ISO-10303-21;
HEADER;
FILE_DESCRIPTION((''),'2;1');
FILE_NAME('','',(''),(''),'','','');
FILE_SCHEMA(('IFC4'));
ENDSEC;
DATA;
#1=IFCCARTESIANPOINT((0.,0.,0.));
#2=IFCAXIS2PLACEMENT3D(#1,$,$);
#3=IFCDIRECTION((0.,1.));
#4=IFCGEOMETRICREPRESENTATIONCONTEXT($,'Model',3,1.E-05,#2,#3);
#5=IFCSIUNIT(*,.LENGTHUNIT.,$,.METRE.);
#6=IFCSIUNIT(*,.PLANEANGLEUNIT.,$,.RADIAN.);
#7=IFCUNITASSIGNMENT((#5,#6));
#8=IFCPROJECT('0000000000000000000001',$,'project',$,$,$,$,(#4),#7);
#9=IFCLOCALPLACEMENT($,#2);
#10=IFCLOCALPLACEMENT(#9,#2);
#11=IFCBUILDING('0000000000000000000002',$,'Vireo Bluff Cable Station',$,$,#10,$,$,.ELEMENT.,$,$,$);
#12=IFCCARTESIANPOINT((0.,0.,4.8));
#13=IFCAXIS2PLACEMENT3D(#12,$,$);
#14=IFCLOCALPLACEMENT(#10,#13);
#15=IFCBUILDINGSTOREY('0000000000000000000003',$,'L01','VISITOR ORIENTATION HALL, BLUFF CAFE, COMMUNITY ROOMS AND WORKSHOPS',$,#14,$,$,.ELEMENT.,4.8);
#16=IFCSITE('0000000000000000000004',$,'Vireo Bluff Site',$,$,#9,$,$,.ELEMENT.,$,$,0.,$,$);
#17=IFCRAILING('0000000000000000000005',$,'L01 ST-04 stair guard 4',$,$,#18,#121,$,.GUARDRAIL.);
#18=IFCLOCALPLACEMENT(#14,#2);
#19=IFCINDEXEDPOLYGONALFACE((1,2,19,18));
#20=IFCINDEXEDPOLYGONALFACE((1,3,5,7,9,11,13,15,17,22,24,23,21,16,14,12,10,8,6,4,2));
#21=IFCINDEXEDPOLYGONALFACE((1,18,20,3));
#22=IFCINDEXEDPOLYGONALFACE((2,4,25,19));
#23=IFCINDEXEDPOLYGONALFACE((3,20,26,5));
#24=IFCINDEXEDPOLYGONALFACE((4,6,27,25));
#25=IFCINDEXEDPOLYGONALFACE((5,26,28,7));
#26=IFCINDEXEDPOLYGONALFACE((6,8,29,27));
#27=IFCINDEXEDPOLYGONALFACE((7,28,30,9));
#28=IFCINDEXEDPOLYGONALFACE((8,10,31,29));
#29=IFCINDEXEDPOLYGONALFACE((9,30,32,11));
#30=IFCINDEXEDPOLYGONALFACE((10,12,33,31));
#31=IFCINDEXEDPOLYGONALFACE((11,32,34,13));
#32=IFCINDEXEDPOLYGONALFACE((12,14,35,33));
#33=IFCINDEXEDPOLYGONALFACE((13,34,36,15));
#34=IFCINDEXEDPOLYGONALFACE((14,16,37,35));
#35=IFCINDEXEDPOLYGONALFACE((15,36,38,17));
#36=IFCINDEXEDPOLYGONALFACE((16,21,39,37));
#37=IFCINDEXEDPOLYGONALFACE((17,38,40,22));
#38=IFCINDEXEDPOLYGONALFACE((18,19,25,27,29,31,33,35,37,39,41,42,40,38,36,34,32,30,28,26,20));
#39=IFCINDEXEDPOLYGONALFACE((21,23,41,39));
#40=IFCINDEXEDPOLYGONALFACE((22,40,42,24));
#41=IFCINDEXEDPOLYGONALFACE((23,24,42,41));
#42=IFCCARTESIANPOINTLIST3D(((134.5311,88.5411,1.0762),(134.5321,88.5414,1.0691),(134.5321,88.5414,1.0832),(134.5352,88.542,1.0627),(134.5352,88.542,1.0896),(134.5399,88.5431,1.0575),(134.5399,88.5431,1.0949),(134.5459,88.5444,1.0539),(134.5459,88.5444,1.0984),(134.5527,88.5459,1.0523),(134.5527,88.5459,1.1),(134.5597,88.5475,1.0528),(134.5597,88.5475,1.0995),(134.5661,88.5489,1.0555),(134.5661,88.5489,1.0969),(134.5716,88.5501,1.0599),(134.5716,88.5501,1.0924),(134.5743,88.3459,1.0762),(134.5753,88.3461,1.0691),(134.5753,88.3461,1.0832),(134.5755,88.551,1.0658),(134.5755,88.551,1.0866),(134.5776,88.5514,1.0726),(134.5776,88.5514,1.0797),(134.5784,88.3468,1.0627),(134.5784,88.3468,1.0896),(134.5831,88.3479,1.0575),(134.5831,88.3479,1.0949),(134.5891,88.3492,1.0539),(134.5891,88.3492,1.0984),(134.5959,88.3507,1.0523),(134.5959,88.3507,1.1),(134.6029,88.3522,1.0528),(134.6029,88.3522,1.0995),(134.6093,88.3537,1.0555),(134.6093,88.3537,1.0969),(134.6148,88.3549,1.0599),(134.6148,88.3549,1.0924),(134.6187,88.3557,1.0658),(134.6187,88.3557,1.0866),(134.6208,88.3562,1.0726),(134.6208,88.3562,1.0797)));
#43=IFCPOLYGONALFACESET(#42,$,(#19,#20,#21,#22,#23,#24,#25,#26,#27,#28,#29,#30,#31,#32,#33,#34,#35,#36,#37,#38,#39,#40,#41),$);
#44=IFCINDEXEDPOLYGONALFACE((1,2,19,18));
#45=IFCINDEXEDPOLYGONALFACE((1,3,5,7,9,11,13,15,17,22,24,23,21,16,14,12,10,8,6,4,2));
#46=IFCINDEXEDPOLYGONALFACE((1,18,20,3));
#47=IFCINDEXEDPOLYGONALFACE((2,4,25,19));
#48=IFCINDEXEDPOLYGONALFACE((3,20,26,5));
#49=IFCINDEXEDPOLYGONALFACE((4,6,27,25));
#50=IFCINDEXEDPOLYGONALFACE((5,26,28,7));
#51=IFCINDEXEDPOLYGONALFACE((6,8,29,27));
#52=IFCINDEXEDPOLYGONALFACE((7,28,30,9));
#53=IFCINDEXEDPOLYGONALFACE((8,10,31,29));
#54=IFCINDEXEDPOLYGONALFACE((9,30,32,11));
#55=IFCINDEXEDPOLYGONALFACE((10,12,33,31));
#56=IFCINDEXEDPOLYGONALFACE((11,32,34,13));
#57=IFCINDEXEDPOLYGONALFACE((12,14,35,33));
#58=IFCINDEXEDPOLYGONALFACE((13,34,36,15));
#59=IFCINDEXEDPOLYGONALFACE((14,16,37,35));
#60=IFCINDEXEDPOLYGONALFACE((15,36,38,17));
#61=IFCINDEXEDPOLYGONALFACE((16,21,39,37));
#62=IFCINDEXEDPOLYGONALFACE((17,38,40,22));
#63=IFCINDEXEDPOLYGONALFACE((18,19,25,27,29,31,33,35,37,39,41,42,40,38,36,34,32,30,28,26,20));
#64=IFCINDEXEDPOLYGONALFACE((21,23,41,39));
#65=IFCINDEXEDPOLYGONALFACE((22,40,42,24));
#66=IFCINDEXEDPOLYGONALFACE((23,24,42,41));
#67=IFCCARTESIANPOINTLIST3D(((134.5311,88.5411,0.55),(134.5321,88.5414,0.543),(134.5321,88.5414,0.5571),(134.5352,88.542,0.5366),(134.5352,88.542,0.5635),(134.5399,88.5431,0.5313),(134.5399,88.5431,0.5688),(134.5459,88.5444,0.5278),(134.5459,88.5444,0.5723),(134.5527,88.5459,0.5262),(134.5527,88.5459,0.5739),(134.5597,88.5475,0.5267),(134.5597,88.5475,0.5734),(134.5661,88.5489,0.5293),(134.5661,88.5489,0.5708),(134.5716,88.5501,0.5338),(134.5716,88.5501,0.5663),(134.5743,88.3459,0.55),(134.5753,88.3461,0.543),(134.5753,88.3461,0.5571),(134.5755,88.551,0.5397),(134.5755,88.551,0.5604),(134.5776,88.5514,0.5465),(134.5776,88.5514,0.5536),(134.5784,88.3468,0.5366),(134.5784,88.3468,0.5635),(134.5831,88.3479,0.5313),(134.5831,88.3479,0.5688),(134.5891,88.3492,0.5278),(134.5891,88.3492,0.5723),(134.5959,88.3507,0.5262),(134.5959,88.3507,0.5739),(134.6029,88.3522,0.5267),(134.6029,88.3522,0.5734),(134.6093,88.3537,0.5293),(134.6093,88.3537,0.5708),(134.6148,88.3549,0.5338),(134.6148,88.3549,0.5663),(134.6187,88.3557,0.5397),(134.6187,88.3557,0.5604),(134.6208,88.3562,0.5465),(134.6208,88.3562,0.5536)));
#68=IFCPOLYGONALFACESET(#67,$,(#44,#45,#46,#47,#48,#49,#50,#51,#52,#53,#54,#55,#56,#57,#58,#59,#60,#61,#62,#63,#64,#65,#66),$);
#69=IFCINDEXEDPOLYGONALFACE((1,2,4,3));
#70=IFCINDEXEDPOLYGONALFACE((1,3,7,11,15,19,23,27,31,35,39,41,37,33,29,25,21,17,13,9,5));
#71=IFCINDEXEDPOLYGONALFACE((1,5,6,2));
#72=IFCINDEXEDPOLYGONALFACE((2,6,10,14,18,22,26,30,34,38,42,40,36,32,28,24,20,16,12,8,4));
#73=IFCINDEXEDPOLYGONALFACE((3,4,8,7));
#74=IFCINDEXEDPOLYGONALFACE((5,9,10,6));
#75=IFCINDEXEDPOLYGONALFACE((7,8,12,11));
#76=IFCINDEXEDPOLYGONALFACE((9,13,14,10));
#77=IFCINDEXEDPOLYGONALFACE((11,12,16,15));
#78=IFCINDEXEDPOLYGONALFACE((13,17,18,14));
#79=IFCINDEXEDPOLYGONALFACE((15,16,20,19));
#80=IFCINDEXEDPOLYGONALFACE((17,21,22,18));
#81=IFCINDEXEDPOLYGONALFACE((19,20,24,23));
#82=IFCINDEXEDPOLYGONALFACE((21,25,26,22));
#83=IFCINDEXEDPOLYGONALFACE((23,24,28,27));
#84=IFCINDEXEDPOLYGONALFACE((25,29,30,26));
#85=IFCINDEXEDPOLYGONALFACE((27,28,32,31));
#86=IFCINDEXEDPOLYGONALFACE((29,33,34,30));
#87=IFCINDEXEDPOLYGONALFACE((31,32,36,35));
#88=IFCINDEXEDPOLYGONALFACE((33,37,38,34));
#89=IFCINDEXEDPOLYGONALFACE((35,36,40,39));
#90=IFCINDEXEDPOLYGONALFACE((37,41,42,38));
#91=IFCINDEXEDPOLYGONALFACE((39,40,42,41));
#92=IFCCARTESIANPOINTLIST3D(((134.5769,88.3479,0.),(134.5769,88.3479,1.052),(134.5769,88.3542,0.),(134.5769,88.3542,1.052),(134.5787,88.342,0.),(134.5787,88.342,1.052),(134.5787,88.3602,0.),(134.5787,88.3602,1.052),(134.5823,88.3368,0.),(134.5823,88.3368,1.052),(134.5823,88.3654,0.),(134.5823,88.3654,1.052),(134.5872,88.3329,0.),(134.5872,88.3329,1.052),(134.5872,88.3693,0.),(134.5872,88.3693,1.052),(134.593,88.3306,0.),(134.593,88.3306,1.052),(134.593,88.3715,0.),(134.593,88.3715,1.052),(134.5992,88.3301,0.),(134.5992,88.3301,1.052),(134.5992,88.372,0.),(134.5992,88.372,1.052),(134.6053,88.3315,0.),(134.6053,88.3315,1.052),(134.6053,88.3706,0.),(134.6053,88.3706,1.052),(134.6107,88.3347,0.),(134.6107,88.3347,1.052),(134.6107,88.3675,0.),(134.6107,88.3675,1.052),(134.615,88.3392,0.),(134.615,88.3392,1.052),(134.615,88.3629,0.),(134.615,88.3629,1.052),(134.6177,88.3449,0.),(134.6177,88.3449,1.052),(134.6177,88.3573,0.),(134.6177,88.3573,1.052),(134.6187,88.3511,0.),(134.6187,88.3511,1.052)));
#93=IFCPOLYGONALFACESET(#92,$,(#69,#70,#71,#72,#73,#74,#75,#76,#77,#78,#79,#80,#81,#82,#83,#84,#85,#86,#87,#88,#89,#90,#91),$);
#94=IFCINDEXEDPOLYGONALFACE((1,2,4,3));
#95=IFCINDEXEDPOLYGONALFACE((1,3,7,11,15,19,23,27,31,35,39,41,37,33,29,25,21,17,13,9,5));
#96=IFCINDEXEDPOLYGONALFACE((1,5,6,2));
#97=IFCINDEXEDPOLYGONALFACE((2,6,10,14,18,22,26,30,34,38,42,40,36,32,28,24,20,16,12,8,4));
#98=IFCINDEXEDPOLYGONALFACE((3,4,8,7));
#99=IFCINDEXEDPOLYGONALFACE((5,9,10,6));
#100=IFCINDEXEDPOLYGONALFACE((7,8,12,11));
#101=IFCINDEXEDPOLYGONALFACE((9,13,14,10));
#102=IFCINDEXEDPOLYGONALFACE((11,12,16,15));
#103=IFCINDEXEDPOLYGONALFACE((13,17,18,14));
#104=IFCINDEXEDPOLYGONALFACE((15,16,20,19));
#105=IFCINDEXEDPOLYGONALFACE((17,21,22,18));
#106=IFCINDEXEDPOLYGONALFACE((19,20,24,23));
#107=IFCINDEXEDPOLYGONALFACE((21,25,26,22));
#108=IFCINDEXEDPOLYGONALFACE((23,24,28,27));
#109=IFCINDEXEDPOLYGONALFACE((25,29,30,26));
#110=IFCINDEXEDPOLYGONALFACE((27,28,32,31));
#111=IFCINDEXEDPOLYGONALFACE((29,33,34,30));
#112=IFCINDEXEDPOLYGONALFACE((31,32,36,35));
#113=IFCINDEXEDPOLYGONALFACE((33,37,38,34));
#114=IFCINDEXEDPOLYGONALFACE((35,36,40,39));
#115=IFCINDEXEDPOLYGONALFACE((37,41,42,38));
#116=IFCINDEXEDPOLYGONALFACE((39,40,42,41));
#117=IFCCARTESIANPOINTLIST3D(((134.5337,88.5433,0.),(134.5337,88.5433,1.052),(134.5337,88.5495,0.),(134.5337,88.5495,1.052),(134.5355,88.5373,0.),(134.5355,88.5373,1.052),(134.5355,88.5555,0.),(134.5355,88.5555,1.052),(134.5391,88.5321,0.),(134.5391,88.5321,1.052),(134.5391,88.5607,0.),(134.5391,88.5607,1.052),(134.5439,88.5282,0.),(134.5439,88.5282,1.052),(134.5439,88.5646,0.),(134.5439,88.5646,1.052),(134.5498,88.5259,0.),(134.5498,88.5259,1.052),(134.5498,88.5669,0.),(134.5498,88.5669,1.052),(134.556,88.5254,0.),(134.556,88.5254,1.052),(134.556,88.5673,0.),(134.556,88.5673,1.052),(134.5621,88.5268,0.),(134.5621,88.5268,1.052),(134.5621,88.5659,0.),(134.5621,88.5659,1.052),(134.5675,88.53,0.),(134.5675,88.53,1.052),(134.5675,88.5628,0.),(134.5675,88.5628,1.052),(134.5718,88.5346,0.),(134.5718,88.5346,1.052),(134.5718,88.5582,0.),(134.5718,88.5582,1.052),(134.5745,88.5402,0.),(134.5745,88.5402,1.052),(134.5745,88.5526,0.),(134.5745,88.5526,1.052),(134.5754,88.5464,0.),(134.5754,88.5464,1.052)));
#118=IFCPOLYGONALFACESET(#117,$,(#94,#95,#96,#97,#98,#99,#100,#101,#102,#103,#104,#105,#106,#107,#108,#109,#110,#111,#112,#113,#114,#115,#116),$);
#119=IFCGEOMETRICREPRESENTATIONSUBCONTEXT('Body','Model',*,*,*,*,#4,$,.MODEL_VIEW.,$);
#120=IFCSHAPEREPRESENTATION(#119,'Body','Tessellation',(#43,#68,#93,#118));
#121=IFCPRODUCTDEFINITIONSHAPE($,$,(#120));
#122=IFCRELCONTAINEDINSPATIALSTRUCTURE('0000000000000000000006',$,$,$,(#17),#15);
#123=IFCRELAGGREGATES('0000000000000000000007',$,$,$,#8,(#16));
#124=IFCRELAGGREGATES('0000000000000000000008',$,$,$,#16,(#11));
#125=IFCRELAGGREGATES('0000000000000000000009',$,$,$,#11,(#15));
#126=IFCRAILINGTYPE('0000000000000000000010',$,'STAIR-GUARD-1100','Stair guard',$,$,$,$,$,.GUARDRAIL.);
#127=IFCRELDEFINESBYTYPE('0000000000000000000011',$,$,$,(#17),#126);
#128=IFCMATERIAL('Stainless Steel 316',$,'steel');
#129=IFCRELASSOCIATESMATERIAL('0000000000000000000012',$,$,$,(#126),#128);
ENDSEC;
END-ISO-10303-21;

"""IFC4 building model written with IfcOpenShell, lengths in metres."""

from ifc_helpers import new_model, si_unit, direction, frame, origin, origin_2d, place, context, subcontext, project, spatial, circle, extrude, material, type_object, element, save


model = new_model("IFC4")

# Units and contexts
model_context = context("Model", 3, precision=1e-05, world=origin(), true_north=direction((0.0, 1.0)))
body_context = subcontext(model_context, "Body", "Model", "MODEL_VIEW")
ifc_project = project(units=[si_unit("LENGTHUNIT", "METRE"), si_unit("PLANEANGLEUNIT", "RADIAN")], contexts=[model_context])

# Site, building, storey
site_placement = place(None, origin())
site = spatial("IfcSite", under=ifc_project, at=site_placement, Name="Vireo Bluff Site", CompositionType="ELEMENT", RefElevation=0.0)
building_placement = place(site_placement, origin())
building = spatial("IfcBuilding", under=site, at=building_placement, Name="Vireo Bluff Cable Station", CompositionType="ELEMENT")
storey_placement = place(building_placement, frame((0.0, 0.0, 4.8)))
storey = spatial("IfcBuildingStorey", under=building, at=storey_placement, Name="L01", Description="VISITOR ORIENTATION HALL, BLUFF CAFE, COMMUNITY ROOMS AND WORKSHOPS", CompositionType="ELEMENT", Elevation=4.8)

# Railing
ifc_material_1 = material(Name="Stainless Steel 316", Category="steel")
railing_type_1 = type_object("IfcRailingType", Name="STAIR-GUARD-1100", Description="Stair guard", PredefinedType="GUARDRAIL", material=ifc_material_1)
railing_1_placement = place(storey_placement, frame((134.5977, 88.3511, 0.0)))
element("IfcRailing", 1, at=railing_1_placement, inside=storey, type_object=railing_type_1, Name="L01 ST-04 stair guard 4", PredefinedType="GUARDRAIL", context=body_context, shape_type="SweptSolid", body=[
    extrude(circle(Radius=0.0239, at=origin_2d()), frame((0.0, 0.0, 1.0762), z_axis=(-0.216026, 0.976388, 0.0), x_axis=(-0.976388, -0.216026, 0.0)), (0.0, 0.0, 1.0), 0.2),
    extrude(circle(Radius=0.0239, at=origin_2d()), frame((0.0, 0.0, 0.55), z_axis=(-0.216026, 0.976388, 0.0), x_axis=(-0.976388, -0.216026, 0.0)), (0.0, 0.0, 1.0), 0.2),
    extrude(circle(Radius=0.021, at=origin_2d()), origin(), (0.0, 0.0, 1.0), 1.052),
    extrude(circle(Radius=0.021, at=origin_2d()), frame((-0.0432, 0.1953, 0.0)), (0.0, 0.0, 1.0), 1.052),
])

save(model, "model.ifc")
